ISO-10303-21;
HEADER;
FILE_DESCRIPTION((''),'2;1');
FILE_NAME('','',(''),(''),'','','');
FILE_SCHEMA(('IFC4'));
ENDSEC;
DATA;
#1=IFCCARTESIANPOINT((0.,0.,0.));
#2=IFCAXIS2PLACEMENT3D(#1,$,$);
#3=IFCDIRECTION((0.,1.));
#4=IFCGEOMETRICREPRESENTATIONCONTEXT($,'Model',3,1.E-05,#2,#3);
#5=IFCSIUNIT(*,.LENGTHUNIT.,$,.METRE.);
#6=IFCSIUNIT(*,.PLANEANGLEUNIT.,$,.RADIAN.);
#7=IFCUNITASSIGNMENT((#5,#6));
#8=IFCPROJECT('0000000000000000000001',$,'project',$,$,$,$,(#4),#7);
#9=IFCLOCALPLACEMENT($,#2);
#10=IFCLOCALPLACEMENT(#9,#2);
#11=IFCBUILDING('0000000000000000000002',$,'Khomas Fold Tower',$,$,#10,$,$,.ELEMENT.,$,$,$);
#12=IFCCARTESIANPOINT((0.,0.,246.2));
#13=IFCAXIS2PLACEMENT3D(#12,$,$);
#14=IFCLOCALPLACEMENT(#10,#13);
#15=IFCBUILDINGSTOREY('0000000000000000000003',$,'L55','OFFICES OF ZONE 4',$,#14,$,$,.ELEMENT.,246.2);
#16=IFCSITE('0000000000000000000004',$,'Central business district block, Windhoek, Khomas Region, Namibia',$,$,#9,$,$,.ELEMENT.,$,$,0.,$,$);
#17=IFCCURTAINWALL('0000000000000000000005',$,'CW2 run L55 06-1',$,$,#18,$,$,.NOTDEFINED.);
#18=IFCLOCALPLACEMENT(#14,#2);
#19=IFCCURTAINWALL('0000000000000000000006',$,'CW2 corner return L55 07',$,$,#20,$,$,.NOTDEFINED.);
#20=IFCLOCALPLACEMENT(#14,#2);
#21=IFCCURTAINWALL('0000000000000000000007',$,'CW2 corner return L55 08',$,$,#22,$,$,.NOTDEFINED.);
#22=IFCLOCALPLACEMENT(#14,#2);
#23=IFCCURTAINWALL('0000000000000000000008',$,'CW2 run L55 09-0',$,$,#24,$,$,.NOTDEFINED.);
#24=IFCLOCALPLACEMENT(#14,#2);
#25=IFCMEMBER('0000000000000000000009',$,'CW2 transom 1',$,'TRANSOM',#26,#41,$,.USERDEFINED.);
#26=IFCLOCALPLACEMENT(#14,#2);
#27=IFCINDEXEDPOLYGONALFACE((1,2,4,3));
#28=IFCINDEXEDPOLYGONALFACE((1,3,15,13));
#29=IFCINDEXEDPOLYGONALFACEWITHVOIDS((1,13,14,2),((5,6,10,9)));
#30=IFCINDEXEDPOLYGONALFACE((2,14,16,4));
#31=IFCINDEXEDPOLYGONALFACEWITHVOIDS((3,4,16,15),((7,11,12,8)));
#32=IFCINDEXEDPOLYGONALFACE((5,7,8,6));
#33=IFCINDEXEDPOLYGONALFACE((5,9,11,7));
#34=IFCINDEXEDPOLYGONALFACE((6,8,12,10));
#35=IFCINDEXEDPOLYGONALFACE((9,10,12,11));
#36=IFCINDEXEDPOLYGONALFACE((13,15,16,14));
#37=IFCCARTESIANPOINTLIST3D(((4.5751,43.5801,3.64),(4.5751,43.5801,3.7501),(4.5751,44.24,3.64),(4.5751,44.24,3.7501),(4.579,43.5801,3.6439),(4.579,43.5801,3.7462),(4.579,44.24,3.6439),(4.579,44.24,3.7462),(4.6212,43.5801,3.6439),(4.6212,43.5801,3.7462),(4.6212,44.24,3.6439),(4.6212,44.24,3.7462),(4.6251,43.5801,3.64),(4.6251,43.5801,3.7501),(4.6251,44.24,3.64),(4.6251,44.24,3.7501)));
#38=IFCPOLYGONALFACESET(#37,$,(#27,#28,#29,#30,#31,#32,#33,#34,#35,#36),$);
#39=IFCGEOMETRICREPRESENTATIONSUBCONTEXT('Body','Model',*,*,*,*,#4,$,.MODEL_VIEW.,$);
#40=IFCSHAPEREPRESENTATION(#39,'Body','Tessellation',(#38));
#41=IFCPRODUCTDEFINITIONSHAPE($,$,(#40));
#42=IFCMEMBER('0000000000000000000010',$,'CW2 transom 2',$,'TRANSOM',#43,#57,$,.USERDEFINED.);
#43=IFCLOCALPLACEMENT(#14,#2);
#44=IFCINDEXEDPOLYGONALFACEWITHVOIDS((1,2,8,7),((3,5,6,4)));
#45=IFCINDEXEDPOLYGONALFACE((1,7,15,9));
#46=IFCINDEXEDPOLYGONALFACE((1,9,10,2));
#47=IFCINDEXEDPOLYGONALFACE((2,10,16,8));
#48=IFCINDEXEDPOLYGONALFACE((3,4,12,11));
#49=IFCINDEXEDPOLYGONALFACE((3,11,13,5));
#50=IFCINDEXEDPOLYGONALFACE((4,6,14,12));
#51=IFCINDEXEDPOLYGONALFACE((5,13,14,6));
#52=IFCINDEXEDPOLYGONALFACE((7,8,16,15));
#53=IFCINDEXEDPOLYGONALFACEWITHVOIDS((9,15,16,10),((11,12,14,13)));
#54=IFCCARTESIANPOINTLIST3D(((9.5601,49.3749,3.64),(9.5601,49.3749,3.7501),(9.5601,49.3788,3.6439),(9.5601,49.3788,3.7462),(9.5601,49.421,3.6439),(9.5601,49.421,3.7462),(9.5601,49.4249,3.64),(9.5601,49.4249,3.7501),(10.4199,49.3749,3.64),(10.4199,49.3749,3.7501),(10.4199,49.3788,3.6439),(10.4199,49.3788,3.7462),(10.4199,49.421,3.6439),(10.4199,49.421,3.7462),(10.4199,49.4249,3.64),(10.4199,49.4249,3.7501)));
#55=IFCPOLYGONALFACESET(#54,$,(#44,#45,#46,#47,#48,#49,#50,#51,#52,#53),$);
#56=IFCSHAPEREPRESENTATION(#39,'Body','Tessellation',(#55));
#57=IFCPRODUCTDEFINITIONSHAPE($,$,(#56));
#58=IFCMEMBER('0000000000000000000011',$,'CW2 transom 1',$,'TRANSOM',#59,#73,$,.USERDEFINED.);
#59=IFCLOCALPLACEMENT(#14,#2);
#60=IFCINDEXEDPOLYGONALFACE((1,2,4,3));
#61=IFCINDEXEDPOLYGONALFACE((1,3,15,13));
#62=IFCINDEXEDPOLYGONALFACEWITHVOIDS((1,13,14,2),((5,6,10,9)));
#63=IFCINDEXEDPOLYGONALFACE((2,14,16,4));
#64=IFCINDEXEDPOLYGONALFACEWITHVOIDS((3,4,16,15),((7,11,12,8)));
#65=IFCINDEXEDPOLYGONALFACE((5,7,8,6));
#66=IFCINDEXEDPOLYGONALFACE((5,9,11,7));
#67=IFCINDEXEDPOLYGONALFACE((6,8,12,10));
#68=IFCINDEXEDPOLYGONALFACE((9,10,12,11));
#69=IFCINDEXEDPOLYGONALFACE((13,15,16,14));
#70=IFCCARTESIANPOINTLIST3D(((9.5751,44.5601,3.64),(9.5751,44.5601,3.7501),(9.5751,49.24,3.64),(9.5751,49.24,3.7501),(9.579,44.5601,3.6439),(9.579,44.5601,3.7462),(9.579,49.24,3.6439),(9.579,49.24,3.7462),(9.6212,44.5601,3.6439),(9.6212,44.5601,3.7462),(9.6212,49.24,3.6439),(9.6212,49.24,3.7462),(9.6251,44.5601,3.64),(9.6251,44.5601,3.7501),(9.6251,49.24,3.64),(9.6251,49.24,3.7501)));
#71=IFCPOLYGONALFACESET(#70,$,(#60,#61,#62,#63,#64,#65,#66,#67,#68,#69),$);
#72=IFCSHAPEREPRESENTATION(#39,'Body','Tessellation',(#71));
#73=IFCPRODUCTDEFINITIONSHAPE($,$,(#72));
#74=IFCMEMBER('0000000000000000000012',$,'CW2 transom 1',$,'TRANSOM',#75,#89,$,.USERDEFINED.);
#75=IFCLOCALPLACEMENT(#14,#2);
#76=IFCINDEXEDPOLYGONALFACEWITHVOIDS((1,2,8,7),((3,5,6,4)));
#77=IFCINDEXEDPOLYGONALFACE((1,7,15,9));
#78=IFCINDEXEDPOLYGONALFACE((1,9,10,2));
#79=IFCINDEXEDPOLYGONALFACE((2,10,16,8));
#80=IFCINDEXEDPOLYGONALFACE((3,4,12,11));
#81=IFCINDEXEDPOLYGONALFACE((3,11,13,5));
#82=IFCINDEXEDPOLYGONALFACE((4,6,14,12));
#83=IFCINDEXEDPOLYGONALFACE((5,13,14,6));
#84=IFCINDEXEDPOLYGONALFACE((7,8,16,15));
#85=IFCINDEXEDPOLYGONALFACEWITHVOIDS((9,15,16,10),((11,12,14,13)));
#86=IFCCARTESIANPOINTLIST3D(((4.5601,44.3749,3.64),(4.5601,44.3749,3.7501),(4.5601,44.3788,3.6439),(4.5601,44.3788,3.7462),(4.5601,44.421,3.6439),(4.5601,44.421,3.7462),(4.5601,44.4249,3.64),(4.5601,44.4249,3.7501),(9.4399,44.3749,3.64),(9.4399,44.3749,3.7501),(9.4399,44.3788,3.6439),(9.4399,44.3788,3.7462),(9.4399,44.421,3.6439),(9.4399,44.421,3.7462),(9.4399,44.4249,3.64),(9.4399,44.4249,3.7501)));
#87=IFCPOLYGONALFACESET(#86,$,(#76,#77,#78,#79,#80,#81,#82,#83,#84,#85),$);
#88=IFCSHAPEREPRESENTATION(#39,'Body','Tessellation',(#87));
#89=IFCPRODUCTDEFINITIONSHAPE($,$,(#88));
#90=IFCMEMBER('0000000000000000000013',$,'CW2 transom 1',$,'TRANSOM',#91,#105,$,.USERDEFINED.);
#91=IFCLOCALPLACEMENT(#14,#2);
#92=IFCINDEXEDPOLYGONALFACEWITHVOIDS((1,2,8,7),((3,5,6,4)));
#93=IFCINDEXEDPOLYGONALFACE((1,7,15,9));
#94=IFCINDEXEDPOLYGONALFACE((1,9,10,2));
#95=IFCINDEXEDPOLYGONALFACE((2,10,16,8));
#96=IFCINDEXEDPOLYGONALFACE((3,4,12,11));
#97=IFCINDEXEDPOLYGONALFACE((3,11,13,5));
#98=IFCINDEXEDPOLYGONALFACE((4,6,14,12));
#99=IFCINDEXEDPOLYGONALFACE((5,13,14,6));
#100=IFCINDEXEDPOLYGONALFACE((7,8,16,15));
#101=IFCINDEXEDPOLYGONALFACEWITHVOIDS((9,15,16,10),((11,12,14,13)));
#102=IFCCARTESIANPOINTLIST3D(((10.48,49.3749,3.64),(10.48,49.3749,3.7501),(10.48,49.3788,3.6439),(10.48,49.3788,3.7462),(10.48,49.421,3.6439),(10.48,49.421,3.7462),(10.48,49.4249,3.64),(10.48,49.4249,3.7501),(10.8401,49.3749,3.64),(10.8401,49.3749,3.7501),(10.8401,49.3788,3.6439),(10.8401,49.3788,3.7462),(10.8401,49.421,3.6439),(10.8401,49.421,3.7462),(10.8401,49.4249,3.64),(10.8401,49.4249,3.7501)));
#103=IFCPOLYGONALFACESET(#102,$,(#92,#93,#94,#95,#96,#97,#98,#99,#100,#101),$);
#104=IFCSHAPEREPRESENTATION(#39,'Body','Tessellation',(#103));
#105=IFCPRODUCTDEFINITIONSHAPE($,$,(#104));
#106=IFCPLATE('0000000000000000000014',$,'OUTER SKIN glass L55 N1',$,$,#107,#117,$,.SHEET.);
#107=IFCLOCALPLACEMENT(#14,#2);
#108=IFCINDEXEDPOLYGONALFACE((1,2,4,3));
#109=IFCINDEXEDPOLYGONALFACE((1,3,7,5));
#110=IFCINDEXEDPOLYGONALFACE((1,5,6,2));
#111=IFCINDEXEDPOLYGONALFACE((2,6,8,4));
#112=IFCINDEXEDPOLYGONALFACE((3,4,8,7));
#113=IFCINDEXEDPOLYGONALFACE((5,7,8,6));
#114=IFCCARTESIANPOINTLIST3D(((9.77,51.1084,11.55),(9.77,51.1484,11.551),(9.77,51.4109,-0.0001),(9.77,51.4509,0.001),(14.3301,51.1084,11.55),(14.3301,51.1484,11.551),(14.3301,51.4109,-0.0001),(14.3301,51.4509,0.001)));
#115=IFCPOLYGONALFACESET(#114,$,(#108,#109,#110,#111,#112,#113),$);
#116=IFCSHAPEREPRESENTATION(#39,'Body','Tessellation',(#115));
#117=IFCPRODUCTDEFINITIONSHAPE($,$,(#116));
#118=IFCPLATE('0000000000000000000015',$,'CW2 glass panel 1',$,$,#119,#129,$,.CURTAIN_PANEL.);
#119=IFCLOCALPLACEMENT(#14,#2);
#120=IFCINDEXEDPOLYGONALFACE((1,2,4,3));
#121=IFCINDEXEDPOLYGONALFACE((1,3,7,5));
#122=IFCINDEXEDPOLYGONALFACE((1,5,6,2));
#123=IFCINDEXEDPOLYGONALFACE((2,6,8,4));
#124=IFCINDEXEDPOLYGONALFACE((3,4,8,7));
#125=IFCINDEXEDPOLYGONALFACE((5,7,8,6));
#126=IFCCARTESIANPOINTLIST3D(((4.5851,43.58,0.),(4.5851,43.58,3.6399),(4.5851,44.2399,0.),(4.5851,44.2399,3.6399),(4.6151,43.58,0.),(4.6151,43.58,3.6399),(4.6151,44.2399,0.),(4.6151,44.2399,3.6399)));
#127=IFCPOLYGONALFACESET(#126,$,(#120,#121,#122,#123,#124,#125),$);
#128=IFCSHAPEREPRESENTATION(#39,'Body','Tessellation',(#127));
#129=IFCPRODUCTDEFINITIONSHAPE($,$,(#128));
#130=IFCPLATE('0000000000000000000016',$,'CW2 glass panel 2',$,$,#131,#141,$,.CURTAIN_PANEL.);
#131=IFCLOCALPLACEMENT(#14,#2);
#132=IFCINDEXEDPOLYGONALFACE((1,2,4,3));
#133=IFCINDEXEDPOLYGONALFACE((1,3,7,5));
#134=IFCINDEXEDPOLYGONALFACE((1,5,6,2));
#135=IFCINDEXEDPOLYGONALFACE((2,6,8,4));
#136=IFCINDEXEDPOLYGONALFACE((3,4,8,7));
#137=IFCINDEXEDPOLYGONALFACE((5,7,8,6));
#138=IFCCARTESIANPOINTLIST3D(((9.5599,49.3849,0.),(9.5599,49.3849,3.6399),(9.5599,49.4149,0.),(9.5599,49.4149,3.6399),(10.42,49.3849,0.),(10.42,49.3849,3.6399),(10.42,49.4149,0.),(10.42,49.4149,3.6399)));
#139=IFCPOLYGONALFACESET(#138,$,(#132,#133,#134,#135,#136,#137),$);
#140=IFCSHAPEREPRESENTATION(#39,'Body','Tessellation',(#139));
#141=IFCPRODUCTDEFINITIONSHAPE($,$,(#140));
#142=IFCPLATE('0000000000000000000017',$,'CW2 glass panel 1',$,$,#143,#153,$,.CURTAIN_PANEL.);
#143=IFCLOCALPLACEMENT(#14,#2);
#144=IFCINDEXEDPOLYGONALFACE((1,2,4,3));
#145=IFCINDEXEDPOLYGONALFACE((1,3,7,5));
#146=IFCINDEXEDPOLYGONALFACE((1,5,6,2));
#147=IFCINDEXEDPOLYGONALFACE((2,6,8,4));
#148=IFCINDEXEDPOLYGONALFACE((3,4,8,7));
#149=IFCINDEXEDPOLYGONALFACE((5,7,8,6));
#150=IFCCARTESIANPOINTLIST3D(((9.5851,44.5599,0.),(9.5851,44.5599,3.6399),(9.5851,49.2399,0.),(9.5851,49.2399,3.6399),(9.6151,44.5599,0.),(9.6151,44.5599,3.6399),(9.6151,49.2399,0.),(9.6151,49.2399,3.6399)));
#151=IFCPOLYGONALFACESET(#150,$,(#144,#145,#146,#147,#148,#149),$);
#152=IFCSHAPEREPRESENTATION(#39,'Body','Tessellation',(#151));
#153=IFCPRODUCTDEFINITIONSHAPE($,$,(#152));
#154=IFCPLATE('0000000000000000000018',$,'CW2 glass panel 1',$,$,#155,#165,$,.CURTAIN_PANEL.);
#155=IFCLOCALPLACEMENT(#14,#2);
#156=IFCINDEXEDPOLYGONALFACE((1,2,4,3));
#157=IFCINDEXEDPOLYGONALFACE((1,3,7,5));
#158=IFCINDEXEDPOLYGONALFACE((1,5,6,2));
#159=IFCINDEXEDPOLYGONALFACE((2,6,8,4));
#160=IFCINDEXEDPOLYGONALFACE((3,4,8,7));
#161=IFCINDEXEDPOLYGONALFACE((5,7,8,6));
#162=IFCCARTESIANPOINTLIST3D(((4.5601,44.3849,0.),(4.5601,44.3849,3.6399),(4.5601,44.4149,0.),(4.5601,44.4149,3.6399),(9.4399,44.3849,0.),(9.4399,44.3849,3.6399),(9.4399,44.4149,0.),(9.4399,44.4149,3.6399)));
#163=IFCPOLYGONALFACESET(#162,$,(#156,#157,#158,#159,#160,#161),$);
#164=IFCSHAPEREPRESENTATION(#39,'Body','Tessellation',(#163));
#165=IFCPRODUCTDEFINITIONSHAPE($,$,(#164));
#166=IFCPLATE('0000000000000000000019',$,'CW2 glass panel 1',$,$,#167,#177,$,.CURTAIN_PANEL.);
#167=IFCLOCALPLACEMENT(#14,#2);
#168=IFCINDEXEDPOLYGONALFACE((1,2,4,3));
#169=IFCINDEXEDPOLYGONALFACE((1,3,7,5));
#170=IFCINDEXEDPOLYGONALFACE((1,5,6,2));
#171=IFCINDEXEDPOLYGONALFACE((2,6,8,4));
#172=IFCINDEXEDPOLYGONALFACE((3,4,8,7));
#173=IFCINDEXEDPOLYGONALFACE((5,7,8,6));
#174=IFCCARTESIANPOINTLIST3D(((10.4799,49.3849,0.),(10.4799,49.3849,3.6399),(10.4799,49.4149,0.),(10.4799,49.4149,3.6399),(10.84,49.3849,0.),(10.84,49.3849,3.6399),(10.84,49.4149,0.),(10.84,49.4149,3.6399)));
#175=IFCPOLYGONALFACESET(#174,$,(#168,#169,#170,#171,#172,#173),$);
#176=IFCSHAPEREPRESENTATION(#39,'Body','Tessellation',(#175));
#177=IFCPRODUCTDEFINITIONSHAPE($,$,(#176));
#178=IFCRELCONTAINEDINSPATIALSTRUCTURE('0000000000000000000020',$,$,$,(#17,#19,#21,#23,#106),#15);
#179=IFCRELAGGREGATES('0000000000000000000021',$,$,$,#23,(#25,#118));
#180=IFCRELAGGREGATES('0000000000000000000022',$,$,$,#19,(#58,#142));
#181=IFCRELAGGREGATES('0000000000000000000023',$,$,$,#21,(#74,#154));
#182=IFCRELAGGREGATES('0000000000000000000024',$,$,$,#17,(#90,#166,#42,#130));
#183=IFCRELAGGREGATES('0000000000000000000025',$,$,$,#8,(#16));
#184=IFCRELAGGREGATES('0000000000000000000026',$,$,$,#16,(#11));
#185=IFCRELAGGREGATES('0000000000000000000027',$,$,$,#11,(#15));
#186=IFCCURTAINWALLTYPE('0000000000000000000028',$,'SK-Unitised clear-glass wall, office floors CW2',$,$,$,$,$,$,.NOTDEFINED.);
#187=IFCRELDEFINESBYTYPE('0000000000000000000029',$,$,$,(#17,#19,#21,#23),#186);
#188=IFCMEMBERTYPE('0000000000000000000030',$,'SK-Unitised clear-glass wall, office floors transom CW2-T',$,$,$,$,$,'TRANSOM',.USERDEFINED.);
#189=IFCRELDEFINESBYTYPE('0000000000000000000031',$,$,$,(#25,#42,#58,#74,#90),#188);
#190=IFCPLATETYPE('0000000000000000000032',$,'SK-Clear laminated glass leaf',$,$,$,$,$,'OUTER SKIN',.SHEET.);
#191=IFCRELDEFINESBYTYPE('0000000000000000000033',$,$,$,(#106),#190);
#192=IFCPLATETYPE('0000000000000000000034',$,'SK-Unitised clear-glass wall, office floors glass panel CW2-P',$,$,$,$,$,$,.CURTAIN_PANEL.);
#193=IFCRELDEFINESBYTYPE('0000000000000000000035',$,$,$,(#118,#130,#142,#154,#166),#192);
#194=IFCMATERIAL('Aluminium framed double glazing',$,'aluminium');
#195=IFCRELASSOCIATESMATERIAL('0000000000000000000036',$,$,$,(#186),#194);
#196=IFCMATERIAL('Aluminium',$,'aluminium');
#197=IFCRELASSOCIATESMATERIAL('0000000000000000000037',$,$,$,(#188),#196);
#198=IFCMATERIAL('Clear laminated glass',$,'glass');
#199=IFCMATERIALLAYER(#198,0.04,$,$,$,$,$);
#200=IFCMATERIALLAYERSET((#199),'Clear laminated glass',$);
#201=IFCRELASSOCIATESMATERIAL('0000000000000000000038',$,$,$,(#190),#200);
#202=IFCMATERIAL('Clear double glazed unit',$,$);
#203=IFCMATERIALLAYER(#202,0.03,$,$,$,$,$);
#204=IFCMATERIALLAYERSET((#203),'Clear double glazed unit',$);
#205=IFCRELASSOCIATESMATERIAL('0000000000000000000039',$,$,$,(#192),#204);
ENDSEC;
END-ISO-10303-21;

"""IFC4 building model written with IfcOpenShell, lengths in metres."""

from ifc_helpers import new_model, si_unit, direction, frame, origin, origin_2d, place, context, subcontext, project, spatial, polyline, rectangle, hollow_rectangle, outline, extrude, source, transform, mapped, material, layer, layer_set, material_profile, profile_set, type_object, element, aggregate, save


model = new_model("IFC4")

# Units and contexts
model_context = context("Model", 3, precision=1e-05, world=origin(), true_north=direction((0.0, 1.0)))
body_context = subcontext(model_context, "Body", "Model", "MODEL_VIEW")
ifc_project = project(units=[si_unit("LENGTHUNIT", "METRE"), si_unit("PLANEANGLEUNIT", "RADIAN")], contexts=[model_context])

# Site, building, storey
site_placement = place(None, origin())
site = spatial("IfcSite", under=ifc_project, at=site_placement, Name="Central business district block, Windhoek, Khomas Region, Namibia", CompositionType="ELEMENT", RefElevation=0.0)
building_placement = place(site_placement, origin())
building = spatial("IfcBuilding", under=site, at=building_placement, Name="Khomas Fold Tower", CompositionType="ELEMENT")
storey_placement = place(building_placement, frame((0.0, 0.0, 246.2)))
storey = spatial("IfcBuildingStorey", under=building, at=storey_placement, Name="L55", Description="OFFICES OF ZONE 4", CompositionType="ELEMENT", Elevation=246.2)

# Curtain walls
ifc_material_1 = material(Name="Aluminium framed double glazing", Category="aluminium")
curtain_wall_type = type_object("IfcCurtainWallType", Name="SK-Unitised clear-glass wall, office floors CW2", PredefinedType="NOTDEFINED", material=ifc_material_1)
curtain_wall_1_placement = place(storey_placement, origin())
curtain_wall_1 = element("IfcCurtainWall", 1, at=curtain_wall_1_placement, inside=storey, type_object=curtain_wall_type, Name="CW2 run L55 06-1", PredefinedType="NOTDEFINED")
curtain_wall_2_placement = place(storey_placement, origin())
curtain_wall_2 = element("IfcCurtainWall", 2, at=curtain_wall_2_placement, inside=storey, type_object=curtain_wall_type, Name="CW2 corner return L55 07", PredefinedType="NOTDEFINED")
curtain_wall_3_placement = place(storey_placement, origin())
curtain_wall_3 = element("IfcCurtainWall", 3, at=curtain_wall_3_placement, inside=storey, type_object=curtain_wall_type, Name="CW2 corner return L55 08", PredefinedType="NOTDEFINED")

# Curtain wall, member
curtain_wall_4_placement = place(storey_placement, origin())
curtain_wall_4 = element("IfcCurtainWall", 4, at=curtain_wall_4_placement, inside=storey, type_object=curtain_wall_type, Name="CW2 run L55 09-0", PredefinedType="NOTDEFINED")
ifc_material_2 = material(Name="Aluminium", Category="aluminium")
ifc_material_profile_1 = material_profile(ifc_material_2, hollow_rectangle(XDim=0.05, YDim=0.1101, WallThickness=0.0039, at=origin_2d()), Name="SK-Unitised clear-glass wall, office floors transom CW2-T")
ifc_profile_set_1 = profile_set([ifc_material_profile_1], Name="Aluminium")
member_type_1 = type_object("IfcMemberType", Name="SK-Unitised clear-glass wall, office floors transom CW2-T", ElementType="TRANSOM", PredefinedType="USERDEFINED", material=ifc_profile_set_1)
shared_shape_1 = source(origin(), body_context, "Body", "SweptSolid", [
    extrude(hollow_rectangle(XDim=0.05, YDim=0.1101, WallThickness=0.0039, at=origin_2d()), origin(), (0.0, 0.0, 1.0), 0.6599),
])
member_1_placement = place(storey_placement, frame((4.6001, 44.24, 3.6951), z_axis=(0.0, -1.0, 0.0), x_axis=(1.0, 0.0, 0.0)))
member_1 = element("IfcMember", 5, at=member_1_placement, type_object=member_type_1, Name="CW2 transom 1", ObjectType="TRANSOM", PredefinedType="USERDEFINED", context=body_context, shape_type="MappedRepresentation", body=[
    mapped(shared_shape_1, transform((0.0, 0.0, 0.0))),
])

# Members
shared_shape_2 = source(origin(), body_context, "Body", "SweptSolid", [
    extrude(hollow_rectangle(XDim=0.05, YDim=0.1101, WallThickness=0.0039, at=origin_2d()), origin(), (0.0, 0.0, 1.0), 0.8599),
])
member_2_placement = place(storey_placement, frame((10.4199, 49.3999, 3.6951), z_axis=(-1.0, 0.0, 0.0), x_axis=(0.0, -1.0, 0.0)))
member_2 = element("IfcMember", 6, at=member_2_placement, type_object=member_type_1, Name="CW2 transom 2", ObjectType="TRANSOM", PredefinedType="USERDEFINED", context=body_context, shape_type="MappedRepresentation", body=[
    mapped(shared_shape_2, transform((0.0, 0.0, 0.0))),
])
shared_shape_3 = source(origin(), body_context, "Body", "SweptSolid", [
    extrude(hollow_rectangle(XDim=0.05, YDim=0.1101, WallThickness=0.0039, at=origin_2d()), origin(), (0.0, 0.0, 1.0), 4.6799),
])
member_3_placement = place(storey_placement, frame((9.6001, 49.24, 3.6951), z_axis=(0.0, -1.0, 0.0), x_axis=(1.0, 0.0, 0.0)))
member_3 = element("IfcMember", 7, at=member_3_placement, type_object=member_type_1, Name="CW2 transom 1", ObjectType="TRANSOM", PredefinedType="USERDEFINED", context=body_context, shape_type="MappedRepresentation", body=[
    mapped(shared_shape_3, transform((0.0, 0.0, 0.0))),
])
shared_shape_4 = source(origin(), body_context, "Body", "SweptSolid", [
    extrude(hollow_rectangle(XDim=0.05, YDim=0.1101, WallThickness=0.0039, at=origin_2d()), origin(), (0.0, 0.0, 1.0), 4.8799),
])
member_4_placement = place(storey_placement, frame((9.4399, 44.3999, 3.6951), z_axis=(-1.0, 0.0, 0.0), x_axis=(0.0, -1.0, 0.0)))
member_4 = element("IfcMember", 8, at=member_4_placement, type_object=member_type_1, Name="CW2 transom 1", ObjectType="TRANSOM", PredefinedType="USERDEFINED", context=body_context, shape_type="MappedRepresentation", body=[
    mapped(shared_shape_4, transform((0.0, 0.0, 0.0))),
])
shared_shape_5 = source(origin(), body_context, "Body", "SweptSolid", [
    extrude(hollow_rectangle(XDim=0.05, YDim=0.1101, WallThickness=0.0039, at=origin_2d()), origin(), (0.0, 0.0, 1.0), 0.3601),
])
member_5_placement = place(storey_placement, frame((10.8401, 49.3999, 3.6951), z_axis=(-1.0, 0.0, 0.0), x_axis=(0.0, -1.0, 0.0)))
member_5 = element("IfcMember", 9, at=member_5_placement, type_object=member_type_1, Name="CW2 transom 1", ObjectType="TRANSOM", PredefinedType="USERDEFINED", context=body_context, shape_type="MappedRepresentation", body=[
    mapped(shared_shape_5, transform((0.0, 0.0, 0.0))),
])

# Plates
ifc_material_3 = material(Name="Clear laminated glass", Category="glass")
ifc_layer_1 = layer(ifc_material_3, 0.04)
ifc_layer_set_1 = layer_set([ifc_layer_1], Name="Clear laminated glass")
plate_type_1 = type_object("IfcPlateType", Name="SK-Clear laminated glass leaf", ElementType="OUTER SKIN", PredefinedType="SHEET", material=ifc_layer_set_1)
plate_1_placement = place(storey_placement, frame((9.77, 51.4509, 0.001), z_axis=(0.0, 0.999657, 0.026181), x_axis=(1.0, 0.0, 0.0)))
element("IfcPlate", 10, at=plate_1_placement, inside=storey, type_object=plate_type_1, Name="OUTER SKIN glass L55 N1", PredefinedType="SHEET", context=body_context, shape_type="SweptSolid", body=[
    extrude(outline(polyline([(0.0, 0.0), (4.5601, 0.0), (4.5601, -11.554), (0.0, -11.554), (0.0, 0.0)])), origin(), (0.0, 0.0, -1.0), 0.04),
])
ifc_material_4 = material(Name="Clear double glazed unit")
ifc_layer_2 = layer(ifc_material_4, 0.03)
ifc_layer_set_2 = layer_set([ifc_layer_2], Name="Clear double glazed unit")
plate_type_2 = type_object("IfcPlateType", Name="SK-Unitised clear-glass wall, office floors glass panel CW2-P", PredefinedType="CURTAIN_PANEL", material=ifc_layer_set_2)
shared_shape_6 = source(origin(), body_context, "Body", "SweptSolid", [
    extrude(rectangle(XDim=0.6599, YDim=0.03, at=origin_2d()), origin(), (0.0, 0.0, 1.0), 3.6399),
])
plate_2_placement = place(storey_placement, frame((4.6001, 43.9099, 0.0), z_axis=(0.0, 0.0, 1.0), x_axis=(0.0, -1.0, 0.0)))
plate_2 = element("IfcPlate", 11, at=plate_2_placement, type_object=plate_type_2, Name="CW2 glass panel 1", PredefinedType="CURTAIN_PANEL", context=body_context, shape_type="MappedRepresentation", body=[
    mapped(shared_shape_6, transform((0.0, 0.0, 0.0))),
])
aggregate(curtain_wall_4, [member_1, plate_2])
shared_shape_7 = source(origin(), body_context, "Body", "SweptSolid", [
    extrude(rectangle(XDim=0.8601, YDim=0.03, at=origin_2d()), origin(), (0.0, 0.0, 1.0), 3.6399),
])
plate_3_placement = place(storey_placement, frame((9.99, 49.3999, 0.0), z_axis=(0.0, 0.0, 1.0), x_axis=(-1.0, 0.0, 0.0)))
plate_3 = element("IfcPlate", 12, at=plate_3_placement, type_object=plate_type_2, Name="CW2 glass panel 2", PredefinedType="CURTAIN_PANEL", context=body_context, shape_type="MappedRepresentation", body=[
    mapped(shared_shape_7, transform((0.0, 0.0, 0.0))),
])
shared_shape_8 = source(origin(), body_context, "Body", "SweptSolid", [
    extrude(rectangle(XDim=4.6799, YDim=0.03, at=origin_2d()), origin(), (0.0, 0.0, 1.0), 3.6399),
])
plate_4_placement = place(storey_placement, frame((9.6001, 46.8999, 0.0), z_axis=(0.0, 0.0, 1.0), x_axis=(0.0, -1.0, 0.0)))
plate_4 = element("IfcPlate", 13, at=plate_4_placement, type_object=plate_type_2, Name="CW2 glass panel 1", PredefinedType="CURTAIN_PANEL", context=body_context, shape_type="MappedRepresentation", body=[
    mapped(shared_shape_8, transform((0.0, 0.0, 0.0))),
])
aggregate(curtain_wall_2, [member_3, plate_4])
shared_shape_9 = source(origin(), body_context, "Body", "SweptSolid", [
    extrude(rectangle(XDim=4.8799, YDim=0.03, at=origin_2d()), origin(), (0.0, 0.0, 1.0), 3.6399),
])
plate_5_placement = place(storey_placement, frame((7.0, 44.3999, 0.0), z_axis=(0.0, 0.0, 1.0), x_axis=(-1.0, 0.0, 0.0)))
plate_5 = element("IfcPlate", 14, at=plate_5_placement, type_object=plate_type_2, Name="CW2 glass panel 1", PredefinedType="CURTAIN_PANEL", context=body_context, shape_type="MappedRepresentation", body=[
    mapped(shared_shape_9, transform((0.0, 0.0, 0.0))),
])
aggregate(curtain_wall_3, [member_4, plate_5])
shared_shape_10 = source(origin(), body_context, "Body", "SweptSolid", [
    extrude(rectangle(XDim=0.3601, YDim=0.03, at=origin_2d()), origin(), (0.0, 0.0, 1.0), 3.6399),
])
plate_6_placement = place(storey_placement, frame((10.6599, 49.3999, 0.0), z_axis=(0.0, 0.0, 1.0), x_axis=(-1.0, 0.0, 0.0)))
plate_6 = element("IfcPlate", 15, at=plate_6_placement, type_object=plate_type_2, Name="CW2 glass panel 1", PredefinedType="CURTAIN_PANEL", context=body_context, shape_type="MappedRepresentation", body=[
    mapped(shared_shape_10, transform((0.0, 0.0, 0.0))),
])
aggregate(curtain_wall_1, [member_5, plate_6, member_2, plate_3])

save(model, "model.ifc")
